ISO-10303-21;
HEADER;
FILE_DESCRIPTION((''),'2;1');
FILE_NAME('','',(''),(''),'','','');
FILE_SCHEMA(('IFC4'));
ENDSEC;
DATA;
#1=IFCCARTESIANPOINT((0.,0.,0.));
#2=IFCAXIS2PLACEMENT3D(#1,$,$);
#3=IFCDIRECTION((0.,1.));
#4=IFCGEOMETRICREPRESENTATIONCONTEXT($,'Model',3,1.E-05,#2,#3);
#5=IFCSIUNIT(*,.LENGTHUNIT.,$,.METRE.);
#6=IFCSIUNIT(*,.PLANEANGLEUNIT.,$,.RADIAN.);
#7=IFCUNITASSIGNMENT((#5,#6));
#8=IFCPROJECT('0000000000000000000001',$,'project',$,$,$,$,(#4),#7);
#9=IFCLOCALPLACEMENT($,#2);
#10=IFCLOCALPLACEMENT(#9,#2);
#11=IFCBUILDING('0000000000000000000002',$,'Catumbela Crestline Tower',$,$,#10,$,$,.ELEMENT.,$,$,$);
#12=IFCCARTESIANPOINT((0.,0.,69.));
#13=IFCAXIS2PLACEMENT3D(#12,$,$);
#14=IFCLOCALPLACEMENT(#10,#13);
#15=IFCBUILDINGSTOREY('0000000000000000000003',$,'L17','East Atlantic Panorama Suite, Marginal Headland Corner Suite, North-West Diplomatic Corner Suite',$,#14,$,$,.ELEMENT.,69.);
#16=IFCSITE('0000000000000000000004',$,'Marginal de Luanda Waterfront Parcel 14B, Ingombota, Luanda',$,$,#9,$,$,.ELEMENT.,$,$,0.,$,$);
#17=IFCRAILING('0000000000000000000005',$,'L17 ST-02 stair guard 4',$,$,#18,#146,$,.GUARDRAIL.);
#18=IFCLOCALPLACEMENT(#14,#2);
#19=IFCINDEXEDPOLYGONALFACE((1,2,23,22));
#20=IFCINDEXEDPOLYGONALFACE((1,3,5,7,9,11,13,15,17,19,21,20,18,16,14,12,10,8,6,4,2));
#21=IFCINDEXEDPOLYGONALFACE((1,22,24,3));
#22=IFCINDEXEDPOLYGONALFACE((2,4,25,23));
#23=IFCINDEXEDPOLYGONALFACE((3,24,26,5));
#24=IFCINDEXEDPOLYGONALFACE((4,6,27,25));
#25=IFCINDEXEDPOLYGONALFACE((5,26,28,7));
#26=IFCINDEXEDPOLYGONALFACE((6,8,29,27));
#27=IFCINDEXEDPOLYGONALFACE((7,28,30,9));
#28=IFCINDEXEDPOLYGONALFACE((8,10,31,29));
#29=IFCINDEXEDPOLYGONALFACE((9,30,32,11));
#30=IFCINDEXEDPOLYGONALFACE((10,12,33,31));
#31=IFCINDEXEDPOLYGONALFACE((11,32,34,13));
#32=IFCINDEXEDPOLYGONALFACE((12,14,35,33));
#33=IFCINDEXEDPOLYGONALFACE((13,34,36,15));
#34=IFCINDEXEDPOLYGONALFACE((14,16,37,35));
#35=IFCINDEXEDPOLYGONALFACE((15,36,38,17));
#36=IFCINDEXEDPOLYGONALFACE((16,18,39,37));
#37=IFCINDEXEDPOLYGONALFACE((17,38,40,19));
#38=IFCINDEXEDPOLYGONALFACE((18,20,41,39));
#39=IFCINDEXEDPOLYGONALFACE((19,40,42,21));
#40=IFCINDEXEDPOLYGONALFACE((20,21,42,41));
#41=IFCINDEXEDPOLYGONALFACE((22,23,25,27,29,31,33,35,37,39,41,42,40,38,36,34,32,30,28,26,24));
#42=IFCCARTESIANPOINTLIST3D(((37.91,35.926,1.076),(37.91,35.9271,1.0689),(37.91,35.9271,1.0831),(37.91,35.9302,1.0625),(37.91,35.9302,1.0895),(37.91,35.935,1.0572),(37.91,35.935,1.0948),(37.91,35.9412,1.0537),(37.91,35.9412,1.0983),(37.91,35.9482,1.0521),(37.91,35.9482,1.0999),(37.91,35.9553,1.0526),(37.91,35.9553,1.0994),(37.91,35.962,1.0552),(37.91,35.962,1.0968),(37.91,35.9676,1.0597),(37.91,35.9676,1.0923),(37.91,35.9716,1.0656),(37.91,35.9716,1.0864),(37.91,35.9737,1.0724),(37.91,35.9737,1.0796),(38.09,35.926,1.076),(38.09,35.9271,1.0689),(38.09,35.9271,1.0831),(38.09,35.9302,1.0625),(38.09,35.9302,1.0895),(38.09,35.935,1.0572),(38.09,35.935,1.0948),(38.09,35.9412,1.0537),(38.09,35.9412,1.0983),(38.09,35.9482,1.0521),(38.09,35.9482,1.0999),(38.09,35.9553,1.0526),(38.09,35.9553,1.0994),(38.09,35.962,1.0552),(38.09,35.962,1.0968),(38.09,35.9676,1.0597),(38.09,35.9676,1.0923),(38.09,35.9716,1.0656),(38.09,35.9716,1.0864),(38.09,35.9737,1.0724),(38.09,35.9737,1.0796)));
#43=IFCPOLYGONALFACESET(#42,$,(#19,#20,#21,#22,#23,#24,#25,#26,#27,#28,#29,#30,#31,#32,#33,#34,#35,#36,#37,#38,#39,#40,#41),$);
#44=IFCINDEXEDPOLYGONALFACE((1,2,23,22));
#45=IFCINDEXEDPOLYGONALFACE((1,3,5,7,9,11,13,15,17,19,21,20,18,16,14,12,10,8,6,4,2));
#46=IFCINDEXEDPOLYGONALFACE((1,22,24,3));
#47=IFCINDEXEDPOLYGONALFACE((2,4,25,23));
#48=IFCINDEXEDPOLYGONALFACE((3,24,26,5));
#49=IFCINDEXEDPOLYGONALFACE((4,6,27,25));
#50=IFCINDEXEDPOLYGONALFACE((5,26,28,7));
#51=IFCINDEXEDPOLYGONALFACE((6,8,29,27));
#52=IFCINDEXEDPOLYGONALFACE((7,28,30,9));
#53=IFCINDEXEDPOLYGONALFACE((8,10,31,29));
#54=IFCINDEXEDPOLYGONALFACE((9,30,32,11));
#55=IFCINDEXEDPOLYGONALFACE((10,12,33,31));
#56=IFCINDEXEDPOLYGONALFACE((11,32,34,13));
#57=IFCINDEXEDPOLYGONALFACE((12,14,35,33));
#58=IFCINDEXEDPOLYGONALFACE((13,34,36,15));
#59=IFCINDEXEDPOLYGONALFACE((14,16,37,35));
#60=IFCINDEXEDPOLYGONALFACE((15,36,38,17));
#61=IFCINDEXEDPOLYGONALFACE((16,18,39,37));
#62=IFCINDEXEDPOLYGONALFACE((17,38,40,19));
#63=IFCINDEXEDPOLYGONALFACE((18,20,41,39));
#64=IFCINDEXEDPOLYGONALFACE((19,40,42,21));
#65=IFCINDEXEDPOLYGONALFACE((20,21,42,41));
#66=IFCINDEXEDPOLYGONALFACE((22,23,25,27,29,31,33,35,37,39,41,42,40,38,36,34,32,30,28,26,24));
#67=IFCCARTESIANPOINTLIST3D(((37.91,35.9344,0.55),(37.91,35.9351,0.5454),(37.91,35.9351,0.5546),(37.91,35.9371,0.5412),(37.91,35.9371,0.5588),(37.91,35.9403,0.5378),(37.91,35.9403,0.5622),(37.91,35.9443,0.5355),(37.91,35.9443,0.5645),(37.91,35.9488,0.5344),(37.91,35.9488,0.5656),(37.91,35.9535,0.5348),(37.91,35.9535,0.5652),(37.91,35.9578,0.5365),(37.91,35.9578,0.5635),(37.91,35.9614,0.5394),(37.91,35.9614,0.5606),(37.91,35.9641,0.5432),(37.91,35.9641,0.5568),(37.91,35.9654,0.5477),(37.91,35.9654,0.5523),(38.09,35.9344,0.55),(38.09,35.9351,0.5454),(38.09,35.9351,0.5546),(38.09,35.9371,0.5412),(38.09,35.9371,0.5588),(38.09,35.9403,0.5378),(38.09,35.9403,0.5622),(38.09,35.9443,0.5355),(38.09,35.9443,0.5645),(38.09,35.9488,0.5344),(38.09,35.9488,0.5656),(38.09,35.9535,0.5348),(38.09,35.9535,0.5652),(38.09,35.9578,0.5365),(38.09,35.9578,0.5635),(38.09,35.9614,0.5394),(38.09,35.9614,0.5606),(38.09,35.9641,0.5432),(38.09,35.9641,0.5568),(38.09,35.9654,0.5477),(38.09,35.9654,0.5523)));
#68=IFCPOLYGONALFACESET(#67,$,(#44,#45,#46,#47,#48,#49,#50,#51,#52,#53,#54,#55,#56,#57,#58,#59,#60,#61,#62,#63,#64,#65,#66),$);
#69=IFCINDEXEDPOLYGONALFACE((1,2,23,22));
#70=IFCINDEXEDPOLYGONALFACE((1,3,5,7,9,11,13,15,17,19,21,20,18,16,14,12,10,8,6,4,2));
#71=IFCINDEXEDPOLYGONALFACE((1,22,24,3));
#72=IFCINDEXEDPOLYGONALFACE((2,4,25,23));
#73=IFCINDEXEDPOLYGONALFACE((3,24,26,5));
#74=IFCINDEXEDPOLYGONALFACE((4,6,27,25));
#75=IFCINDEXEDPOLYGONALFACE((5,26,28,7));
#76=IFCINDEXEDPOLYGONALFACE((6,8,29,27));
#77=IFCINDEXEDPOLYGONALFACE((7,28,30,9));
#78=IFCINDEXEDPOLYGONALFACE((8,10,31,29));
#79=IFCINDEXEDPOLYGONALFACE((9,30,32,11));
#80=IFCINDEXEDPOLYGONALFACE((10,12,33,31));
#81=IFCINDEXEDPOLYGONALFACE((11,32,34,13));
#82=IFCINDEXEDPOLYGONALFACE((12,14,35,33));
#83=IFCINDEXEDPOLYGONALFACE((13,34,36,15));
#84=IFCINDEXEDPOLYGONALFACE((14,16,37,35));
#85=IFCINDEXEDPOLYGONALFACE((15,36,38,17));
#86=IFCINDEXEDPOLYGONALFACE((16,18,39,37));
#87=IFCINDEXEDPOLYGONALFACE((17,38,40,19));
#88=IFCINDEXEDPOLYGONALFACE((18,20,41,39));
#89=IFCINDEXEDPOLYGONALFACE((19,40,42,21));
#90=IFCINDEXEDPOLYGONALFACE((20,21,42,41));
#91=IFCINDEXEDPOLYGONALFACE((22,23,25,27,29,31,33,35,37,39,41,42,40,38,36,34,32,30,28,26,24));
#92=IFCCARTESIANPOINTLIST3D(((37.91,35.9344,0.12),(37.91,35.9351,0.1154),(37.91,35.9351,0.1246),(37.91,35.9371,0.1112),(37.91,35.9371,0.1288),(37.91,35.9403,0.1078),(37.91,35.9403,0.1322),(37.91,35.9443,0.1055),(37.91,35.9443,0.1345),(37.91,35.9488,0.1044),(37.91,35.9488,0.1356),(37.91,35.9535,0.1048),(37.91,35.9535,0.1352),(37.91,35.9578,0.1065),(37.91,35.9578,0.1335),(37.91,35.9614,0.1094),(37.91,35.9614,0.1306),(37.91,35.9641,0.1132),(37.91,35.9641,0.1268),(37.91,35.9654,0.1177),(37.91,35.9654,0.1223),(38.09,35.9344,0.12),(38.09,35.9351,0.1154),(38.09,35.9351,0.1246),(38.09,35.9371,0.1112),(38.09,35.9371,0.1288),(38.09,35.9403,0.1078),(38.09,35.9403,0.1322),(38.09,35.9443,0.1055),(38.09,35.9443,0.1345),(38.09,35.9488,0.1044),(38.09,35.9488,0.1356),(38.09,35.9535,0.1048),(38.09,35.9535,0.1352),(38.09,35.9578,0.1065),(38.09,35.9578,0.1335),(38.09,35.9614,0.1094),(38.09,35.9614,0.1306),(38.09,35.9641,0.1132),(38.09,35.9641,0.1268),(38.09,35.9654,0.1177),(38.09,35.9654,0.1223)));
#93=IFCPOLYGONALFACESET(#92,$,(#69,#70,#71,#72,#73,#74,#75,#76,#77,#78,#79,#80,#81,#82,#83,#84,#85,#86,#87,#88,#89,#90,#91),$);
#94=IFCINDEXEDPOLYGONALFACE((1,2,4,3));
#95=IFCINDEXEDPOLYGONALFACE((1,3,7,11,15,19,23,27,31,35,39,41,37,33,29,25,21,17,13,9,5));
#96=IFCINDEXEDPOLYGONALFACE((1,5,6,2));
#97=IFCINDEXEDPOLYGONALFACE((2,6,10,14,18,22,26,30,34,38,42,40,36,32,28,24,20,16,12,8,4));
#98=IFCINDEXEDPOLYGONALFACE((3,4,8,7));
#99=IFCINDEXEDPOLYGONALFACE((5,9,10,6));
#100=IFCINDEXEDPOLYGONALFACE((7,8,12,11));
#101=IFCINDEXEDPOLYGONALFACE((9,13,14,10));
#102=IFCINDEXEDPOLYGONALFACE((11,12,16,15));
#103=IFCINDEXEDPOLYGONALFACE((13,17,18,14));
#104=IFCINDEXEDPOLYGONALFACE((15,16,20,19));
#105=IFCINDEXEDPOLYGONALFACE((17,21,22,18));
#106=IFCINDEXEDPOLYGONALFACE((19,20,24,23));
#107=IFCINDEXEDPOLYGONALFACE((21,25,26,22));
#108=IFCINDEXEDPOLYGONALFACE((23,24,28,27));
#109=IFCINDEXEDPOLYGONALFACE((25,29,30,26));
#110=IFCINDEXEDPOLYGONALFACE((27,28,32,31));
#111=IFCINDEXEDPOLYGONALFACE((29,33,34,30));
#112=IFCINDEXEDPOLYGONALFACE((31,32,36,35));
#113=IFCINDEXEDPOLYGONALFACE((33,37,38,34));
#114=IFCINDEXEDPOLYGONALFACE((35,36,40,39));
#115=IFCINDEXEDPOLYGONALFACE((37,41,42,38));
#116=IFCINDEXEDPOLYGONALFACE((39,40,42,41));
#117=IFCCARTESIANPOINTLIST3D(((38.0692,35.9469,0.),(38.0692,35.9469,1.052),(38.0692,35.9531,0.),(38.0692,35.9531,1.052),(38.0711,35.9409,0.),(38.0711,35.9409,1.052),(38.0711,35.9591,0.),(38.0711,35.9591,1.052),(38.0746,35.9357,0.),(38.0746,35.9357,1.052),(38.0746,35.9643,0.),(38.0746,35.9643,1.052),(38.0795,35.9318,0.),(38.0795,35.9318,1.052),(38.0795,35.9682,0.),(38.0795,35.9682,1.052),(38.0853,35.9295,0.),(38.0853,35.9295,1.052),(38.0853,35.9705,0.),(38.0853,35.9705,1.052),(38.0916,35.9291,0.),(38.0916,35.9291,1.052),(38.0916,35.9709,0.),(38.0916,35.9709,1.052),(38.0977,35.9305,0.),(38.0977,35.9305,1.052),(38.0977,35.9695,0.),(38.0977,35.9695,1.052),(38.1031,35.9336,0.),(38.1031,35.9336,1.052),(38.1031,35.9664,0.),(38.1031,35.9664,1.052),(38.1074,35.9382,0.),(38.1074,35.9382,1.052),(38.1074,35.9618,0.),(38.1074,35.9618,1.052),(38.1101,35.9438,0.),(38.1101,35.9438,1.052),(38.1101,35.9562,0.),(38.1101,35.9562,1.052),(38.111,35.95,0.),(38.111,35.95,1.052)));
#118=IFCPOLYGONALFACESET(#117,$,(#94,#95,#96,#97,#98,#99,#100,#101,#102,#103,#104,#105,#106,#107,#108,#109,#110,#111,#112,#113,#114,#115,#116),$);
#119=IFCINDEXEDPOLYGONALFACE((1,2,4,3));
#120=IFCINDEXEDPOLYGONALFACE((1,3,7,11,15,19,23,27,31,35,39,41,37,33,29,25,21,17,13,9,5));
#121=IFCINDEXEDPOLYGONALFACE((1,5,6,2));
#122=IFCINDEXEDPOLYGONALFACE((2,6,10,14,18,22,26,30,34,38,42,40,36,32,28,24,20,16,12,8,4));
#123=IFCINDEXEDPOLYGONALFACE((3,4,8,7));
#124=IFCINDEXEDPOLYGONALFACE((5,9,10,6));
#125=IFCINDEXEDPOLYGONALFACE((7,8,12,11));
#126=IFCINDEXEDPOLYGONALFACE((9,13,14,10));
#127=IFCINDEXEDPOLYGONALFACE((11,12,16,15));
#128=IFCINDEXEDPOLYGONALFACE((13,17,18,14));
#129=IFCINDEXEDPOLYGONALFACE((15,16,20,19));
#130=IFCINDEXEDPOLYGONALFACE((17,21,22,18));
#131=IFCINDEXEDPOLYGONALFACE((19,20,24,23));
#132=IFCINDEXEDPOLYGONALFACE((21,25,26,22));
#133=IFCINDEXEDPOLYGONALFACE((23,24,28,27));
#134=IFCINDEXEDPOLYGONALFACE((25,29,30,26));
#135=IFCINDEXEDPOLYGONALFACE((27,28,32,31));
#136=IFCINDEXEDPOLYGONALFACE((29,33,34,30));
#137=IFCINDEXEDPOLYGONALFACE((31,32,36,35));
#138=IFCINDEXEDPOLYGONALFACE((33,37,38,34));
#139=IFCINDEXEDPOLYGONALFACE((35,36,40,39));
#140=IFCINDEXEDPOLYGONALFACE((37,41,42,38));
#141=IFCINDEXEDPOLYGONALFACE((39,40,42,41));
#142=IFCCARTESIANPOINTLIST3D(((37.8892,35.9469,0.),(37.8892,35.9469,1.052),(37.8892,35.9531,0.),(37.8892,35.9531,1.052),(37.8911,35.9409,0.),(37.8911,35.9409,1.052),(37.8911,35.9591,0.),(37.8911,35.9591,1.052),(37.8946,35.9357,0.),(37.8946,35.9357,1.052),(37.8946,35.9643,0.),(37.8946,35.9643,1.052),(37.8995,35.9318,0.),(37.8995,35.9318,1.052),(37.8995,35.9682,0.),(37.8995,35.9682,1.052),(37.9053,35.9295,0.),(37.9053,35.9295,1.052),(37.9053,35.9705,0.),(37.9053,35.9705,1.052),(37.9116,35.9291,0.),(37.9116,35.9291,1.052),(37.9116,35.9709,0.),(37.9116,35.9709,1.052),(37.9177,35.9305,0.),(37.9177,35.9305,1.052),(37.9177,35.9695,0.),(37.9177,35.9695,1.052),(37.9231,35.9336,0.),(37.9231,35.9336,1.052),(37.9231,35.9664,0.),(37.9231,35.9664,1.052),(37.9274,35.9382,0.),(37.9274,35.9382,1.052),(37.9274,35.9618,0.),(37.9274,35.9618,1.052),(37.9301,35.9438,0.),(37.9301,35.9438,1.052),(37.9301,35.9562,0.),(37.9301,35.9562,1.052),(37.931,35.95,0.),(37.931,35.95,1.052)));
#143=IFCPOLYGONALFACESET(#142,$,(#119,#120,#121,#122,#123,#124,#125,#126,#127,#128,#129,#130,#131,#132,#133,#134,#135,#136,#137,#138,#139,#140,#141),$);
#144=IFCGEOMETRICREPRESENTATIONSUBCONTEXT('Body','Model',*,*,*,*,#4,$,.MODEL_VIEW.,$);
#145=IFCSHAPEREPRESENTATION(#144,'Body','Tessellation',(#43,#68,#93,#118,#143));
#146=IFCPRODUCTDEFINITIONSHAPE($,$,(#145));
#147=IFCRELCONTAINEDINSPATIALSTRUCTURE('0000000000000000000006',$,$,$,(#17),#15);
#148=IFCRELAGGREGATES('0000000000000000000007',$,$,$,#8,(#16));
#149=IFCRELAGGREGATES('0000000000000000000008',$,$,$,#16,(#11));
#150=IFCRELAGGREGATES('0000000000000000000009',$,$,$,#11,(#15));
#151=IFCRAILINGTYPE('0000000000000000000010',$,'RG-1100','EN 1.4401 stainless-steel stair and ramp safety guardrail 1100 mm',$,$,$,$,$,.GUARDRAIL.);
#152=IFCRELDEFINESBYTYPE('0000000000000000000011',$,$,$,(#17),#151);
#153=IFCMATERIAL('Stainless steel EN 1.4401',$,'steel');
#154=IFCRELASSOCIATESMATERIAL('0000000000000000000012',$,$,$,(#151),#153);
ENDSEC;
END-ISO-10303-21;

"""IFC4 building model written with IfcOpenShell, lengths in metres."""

from ifc_helpers import new_model, si_unit, direction, frame, origin, origin_2d, place, context, subcontext, project, spatial, circle, extrude, material, type_object, element, save


model = new_model("IFC4")

# Units and contexts
model_context = context("Model", 3, precision=1e-05, world=origin(), true_north=direction((0.0, 1.0)))
body_context = subcontext(model_context, "Body", "Model", "MODEL_VIEW")
ifc_project = project(units=[si_unit("LENGTHUNIT", "METRE"), si_unit("PLANEANGLEUNIT", "RADIAN")], contexts=[model_context])

# Site, building, storey
site_placement = place(None, origin())
site = spatial("IfcSite", under=ifc_project, at=site_placement, Name="Marginal de Luanda Waterfront Parcel 14B, Ingombota, Luanda", CompositionType="ELEMENT", RefElevation=0.0)
building_placement = place(site_placement, origin())
building = spatial("IfcBuilding", under=site, at=building_placement, Name="Catumbela Crestline Tower", CompositionType="ELEMENT")
storey_placement = place(building_placement, frame((0.0, 0.0, 69.0)))
storey = spatial("IfcBuildingStorey", under=building, at=storey_placement, Name="L17", Description="East Atlantic Panorama Suite, Marginal Headland Corner Suite, North-West Diplomatic Corner Suite", CompositionType="ELEMENT", Elevation=69.0)

# Shared definitions
ifc_material_1 = material(Name="Stainless steel EN 1.4401", Category="steel")

# Railing
railing_type_1 = type_object("IfcRailingType", Name="RG-1100", Description="EN 1.4401 stainless-steel stair and ramp safety guardrail 1100 mm", PredefinedType="GUARDRAIL", material=ifc_material_1)
railing_1_placement = place(storey_placement, frame((38.09, 35.95, 0.0)))
element("IfcRailing", 1, at=railing_1_placement, inside=storey, type_object=railing_type_1, Name="L17 ST-02 stair guard 4", PredefinedType="GUARDRAIL", context=body_context, shape_type="SweptSolid", body=[
    extrude(circle(Radius=0.024, at=origin_2d()), frame((0.0, 0.0, 1.076), z_axis=(-1.0, 0.0, 0.0), x_axis=(0.0, -1.0, 0.0)), (0.0, 0.0, 1.0), 0.18),
    extrude(circle(Radius=0.0156, at=origin_2d()), frame((0.0, 0.0, 0.55), z_axis=(-1.0, 0.0, 0.0), x_axis=(0.0, -1.0, 0.0)), (0.0, 0.0, 1.0), 0.18),
    extrude(circle(Radius=0.0156, at=origin_2d()), frame((0.0, 0.0, 0.12), z_axis=(-1.0, 0.0, 0.0), x_axis=(0.0, -1.0, 0.0)), (0.0, 0.0, 1.0), 0.18),
    extrude(circle(Radius=0.021, at=origin_2d()), origin(), (0.0, 0.0, 1.0), 1.052),
    extrude(circle(Radius=0.021, at=origin_2d()), frame((-0.18, 0.0, 0.0)), (0.0, 0.0, 1.0), 1.052),
])

save(model, "model.ifc")
